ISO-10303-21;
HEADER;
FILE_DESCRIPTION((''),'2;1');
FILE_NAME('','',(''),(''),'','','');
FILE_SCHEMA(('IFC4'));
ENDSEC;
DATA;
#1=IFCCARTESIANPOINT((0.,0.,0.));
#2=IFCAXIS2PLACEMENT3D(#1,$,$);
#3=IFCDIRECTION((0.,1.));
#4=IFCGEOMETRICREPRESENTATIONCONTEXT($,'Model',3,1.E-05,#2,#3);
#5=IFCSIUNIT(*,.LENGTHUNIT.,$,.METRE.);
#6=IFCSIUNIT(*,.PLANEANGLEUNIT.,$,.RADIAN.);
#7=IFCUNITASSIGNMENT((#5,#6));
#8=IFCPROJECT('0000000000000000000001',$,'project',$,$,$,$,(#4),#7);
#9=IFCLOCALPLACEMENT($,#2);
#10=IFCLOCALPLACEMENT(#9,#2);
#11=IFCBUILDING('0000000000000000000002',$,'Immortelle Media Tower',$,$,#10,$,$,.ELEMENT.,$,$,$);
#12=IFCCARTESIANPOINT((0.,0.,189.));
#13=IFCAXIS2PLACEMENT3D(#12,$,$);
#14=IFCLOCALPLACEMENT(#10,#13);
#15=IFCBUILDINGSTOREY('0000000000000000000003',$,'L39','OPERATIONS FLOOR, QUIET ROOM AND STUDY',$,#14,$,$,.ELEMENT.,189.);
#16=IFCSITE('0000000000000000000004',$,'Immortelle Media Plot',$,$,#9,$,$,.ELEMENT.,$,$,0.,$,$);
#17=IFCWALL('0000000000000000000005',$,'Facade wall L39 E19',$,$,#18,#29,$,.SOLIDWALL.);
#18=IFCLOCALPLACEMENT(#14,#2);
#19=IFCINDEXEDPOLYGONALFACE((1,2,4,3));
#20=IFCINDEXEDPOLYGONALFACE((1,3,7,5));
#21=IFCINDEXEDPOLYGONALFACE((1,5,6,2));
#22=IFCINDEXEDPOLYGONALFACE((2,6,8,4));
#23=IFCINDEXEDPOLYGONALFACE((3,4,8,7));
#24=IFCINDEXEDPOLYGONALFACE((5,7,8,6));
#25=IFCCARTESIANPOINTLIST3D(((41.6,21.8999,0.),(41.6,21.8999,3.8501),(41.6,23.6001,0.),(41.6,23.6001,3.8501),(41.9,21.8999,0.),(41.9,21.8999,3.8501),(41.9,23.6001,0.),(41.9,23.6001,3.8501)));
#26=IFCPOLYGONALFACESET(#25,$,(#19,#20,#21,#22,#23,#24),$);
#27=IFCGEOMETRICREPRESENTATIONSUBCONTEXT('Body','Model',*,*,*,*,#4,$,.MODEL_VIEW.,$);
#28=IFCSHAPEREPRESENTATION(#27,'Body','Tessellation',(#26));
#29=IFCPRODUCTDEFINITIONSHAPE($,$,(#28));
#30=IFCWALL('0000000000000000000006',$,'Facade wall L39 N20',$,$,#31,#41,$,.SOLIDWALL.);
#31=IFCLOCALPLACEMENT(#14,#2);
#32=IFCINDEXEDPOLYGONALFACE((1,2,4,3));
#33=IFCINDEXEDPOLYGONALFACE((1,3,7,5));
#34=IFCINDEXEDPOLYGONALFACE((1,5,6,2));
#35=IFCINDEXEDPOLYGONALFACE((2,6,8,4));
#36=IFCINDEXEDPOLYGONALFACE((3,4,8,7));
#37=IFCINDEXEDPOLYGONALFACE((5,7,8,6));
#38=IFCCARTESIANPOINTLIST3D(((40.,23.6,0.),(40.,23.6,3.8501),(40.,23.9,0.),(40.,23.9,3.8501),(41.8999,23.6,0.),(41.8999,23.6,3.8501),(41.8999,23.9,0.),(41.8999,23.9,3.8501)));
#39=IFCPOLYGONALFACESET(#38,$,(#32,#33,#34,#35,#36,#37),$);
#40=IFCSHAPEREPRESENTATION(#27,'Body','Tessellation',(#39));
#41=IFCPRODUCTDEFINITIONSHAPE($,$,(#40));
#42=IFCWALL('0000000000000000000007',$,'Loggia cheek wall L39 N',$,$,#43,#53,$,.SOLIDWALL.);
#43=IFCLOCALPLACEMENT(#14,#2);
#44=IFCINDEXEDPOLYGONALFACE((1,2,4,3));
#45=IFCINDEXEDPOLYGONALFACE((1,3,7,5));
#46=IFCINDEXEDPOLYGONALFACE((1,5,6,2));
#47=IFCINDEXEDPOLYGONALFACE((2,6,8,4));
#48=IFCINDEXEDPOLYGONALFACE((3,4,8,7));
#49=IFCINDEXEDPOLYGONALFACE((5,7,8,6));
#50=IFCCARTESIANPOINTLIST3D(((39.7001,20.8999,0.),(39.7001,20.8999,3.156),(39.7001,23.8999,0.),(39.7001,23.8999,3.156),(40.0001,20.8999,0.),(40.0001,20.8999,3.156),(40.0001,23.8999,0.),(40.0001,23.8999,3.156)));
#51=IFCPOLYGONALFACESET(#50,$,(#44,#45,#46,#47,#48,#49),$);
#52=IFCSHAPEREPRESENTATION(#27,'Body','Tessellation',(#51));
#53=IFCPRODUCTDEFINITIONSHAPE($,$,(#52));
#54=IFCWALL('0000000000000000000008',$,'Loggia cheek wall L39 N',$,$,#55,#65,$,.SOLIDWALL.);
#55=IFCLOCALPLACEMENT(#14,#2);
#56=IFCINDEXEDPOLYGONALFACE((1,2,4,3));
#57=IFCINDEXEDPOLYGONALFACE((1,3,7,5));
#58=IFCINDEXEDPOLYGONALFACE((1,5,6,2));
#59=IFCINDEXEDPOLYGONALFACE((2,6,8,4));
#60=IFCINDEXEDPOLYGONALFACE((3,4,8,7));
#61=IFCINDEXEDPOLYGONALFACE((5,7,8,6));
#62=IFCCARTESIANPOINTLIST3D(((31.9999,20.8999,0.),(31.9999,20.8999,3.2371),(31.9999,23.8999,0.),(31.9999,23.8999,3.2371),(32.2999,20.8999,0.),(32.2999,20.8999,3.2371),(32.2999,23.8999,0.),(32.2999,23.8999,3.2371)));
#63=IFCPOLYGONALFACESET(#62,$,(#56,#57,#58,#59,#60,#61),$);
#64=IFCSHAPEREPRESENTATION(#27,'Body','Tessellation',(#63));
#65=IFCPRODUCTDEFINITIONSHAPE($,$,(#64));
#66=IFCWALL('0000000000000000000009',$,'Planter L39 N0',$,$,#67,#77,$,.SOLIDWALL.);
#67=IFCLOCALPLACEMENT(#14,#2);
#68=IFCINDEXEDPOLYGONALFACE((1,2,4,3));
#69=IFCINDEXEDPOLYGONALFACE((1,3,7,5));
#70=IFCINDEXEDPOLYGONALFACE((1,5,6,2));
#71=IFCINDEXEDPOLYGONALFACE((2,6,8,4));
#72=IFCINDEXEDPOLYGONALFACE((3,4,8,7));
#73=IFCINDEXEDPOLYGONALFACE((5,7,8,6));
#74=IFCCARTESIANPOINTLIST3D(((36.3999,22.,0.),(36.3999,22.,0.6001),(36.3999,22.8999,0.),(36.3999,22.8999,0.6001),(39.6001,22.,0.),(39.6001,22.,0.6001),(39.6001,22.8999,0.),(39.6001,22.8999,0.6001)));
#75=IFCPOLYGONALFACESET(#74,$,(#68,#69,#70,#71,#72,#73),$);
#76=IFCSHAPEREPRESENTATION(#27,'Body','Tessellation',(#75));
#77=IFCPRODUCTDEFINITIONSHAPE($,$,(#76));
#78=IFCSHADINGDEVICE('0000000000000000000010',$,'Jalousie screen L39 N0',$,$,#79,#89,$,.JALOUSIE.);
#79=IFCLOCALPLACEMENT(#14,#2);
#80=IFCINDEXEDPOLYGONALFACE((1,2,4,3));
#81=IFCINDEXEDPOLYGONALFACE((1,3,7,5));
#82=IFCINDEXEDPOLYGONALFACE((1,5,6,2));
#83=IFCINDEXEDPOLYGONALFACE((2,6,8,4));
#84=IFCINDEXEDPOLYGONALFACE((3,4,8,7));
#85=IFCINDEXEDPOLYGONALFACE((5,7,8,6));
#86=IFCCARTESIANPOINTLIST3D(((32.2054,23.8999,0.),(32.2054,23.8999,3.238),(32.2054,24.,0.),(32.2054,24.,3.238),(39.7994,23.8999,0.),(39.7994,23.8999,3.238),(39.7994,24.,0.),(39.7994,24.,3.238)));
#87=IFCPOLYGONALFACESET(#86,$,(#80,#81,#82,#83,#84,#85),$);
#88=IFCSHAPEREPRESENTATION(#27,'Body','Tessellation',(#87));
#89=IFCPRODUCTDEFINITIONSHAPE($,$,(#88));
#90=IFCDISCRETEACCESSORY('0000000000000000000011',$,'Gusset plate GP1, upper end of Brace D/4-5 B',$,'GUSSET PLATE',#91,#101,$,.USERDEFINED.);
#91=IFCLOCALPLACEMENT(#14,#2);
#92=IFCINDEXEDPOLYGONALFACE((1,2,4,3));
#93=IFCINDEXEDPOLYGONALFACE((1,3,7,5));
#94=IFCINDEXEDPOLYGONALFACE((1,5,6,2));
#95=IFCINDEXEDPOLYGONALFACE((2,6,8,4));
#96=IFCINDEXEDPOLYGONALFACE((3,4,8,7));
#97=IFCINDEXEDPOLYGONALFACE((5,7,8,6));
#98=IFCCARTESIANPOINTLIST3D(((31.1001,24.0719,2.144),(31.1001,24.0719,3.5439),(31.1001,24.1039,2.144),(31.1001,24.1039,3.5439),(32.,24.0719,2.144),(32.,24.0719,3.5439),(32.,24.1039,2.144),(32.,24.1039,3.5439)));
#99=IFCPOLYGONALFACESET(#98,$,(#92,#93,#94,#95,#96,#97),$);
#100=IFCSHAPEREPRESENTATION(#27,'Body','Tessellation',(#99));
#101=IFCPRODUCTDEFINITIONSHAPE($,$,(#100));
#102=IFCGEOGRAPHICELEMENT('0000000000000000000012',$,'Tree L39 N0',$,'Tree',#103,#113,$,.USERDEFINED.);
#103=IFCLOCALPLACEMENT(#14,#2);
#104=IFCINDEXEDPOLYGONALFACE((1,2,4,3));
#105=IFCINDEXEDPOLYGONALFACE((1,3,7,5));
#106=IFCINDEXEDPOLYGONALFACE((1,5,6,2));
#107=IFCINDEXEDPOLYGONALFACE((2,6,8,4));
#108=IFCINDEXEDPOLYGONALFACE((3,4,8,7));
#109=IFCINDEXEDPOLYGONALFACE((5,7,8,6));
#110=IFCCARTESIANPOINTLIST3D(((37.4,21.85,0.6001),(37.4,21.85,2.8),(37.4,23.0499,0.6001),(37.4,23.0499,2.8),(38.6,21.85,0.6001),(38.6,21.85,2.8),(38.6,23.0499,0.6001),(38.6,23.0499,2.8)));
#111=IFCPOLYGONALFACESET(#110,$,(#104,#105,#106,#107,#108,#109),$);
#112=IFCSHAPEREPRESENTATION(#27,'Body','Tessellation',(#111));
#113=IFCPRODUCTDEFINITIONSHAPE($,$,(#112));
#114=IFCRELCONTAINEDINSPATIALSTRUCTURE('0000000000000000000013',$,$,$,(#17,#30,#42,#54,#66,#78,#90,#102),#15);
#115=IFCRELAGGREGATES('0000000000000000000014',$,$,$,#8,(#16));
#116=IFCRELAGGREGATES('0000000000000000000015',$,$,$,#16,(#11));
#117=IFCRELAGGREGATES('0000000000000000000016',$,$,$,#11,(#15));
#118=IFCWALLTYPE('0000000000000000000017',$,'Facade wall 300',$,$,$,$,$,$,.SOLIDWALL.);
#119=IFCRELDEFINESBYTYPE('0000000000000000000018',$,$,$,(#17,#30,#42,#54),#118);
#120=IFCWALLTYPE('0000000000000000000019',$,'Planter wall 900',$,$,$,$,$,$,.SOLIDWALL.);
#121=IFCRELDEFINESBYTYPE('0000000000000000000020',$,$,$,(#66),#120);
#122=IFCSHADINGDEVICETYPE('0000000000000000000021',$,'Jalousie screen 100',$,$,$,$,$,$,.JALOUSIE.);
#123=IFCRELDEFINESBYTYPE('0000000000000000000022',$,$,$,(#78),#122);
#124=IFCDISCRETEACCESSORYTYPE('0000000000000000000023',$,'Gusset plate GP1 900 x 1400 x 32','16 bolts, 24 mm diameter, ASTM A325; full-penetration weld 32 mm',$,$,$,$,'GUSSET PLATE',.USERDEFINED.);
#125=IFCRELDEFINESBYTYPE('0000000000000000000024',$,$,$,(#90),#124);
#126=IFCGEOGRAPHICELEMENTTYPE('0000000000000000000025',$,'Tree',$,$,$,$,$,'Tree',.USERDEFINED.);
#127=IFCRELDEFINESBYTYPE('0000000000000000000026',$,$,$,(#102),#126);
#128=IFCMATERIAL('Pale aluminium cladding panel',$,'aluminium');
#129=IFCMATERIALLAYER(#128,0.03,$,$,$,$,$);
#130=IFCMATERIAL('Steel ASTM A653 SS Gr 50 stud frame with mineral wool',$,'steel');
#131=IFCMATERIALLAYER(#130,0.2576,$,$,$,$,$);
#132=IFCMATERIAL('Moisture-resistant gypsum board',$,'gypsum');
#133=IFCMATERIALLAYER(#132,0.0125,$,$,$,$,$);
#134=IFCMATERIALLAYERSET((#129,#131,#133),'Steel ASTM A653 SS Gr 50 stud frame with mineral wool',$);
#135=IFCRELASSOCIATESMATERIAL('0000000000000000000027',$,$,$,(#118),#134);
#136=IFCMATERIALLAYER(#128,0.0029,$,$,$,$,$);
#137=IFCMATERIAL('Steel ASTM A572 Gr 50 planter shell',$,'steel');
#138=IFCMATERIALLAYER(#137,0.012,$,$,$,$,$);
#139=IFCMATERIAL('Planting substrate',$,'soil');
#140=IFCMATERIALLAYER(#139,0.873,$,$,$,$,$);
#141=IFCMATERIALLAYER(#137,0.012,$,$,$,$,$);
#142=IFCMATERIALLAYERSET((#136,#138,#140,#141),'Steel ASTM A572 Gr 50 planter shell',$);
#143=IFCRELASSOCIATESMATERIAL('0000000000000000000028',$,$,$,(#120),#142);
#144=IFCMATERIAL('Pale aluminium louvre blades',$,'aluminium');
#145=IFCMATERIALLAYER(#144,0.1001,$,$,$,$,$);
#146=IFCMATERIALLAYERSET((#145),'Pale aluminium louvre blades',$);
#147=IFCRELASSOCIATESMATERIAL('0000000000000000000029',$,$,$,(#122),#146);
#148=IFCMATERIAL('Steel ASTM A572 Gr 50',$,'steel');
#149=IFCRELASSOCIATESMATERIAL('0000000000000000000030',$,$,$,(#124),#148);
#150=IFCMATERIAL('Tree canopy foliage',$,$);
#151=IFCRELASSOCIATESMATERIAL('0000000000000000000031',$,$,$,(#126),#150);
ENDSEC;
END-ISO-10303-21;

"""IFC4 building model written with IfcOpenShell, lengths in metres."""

from ifc_helpers import new_model, si_unit, direction, frame, frame_2d, origin, origin_2d, place, context, subcontext, project, spatial, rectangle, extrude, material, layer, layer_set, material_profile, profile_set, type_object, element, save


model = new_model("IFC4")

# Units and contexts
model_context = context("Model", 3, precision=1e-05, world=origin(), true_north=direction((0.0, 1.0)))
body_context = subcontext(model_context, "Body", "Model", "MODEL_VIEW")
ifc_project = project(units=[si_unit("LENGTHUNIT", "METRE"), si_unit("PLANEANGLEUNIT", "RADIAN")], contexts=[model_context])

# Site, building, storey
site_placement = place(None, origin())
site = spatial("IfcSite", under=ifc_project, at=site_placement, Name="Immortelle Media Plot", CompositionType="ELEMENT", RefElevation=0.0)
building_placement = place(site_placement, origin())
building = spatial("IfcBuilding", under=site, at=building_placement, Name="Immortelle Media Tower", CompositionType="ELEMENT")
storey_placement = place(building_placement, frame((0.0, 0.0, 189.0)))
storey = spatial("IfcBuildingStorey", under=building, at=storey_placement, Name="L39", Description="OPERATIONS FLOOR, QUIET ROOM AND STUDY", CompositionType="ELEMENT", Elevation=189.0)

# Walls
ifc_material_1 = material(Name="Pale aluminium cladding panel", Category="aluminium")
ifc_layer_1 = layer(ifc_material_1, 0.03)
ifc_material_2 = material(Name="Steel ASTM A653 SS Gr 50 stud frame with mineral wool", Category="steel")
ifc_layer_2 = layer(ifc_material_2, 0.2576)
ifc_material_3 = material(Name="Moisture-resistant gypsum board", Category="gypsum")
ifc_layer_3 = layer(ifc_material_3, 0.0125)
ifc_layer_set_1 = layer_set([ifc_layer_1, ifc_layer_2, ifc_layer_3], Name="Steel ASTM A653 SS Gr 50 stud frame with mineral wool")
wall_type_1 = type_object("IfcWallType", Name="Facade wall 300", PredefinedType="SOLIDWALL", material=ifc_layer_set_1)
wall_1_placement = place(storey_placement, frame((41.75, 21.8999, 0.0), z_axis=(0.0, 0.0, 1.0), x_axis=(0.0, 1.0, 0.0)))
element("IfcWall", 1, at=wall_1_placement, inside=storey, type_object=wall_type_1, Name="Facade wall L39 E19", PredefinedType="SOLIDWALL", context=body_context, shape_type="SweptSolid", body=[
    extrude(rectangle(XDim=1.7002, YDim=0.3, at=frame_2d((0.8501, 0.0))), origin(), (0.0, 0.0, 1.0), 3.8501),
])
wall_2_placement = place(storey_placement, frame((41.8999, 23.75, 0.0), z_axis=(0.0, 0.0, 1.0), x_axis=(-1.0, 0.0, 0.0)))
element("IfcWall", 2, at=wall_2_placement, inside=storey, type_object=wall_type_1, Name="Facade wall L39 N20", PredefinedType="SOLIDWALL", context=body_context, shape_type="SweptSolid", body=[
    extrude(rectangle(XDim=1.8999, YDim=0.3, at=frame_2d((0.95, 0.0))), origin(), (0.0, 0.0, 1.0), 3.8501),
])

# Walls
wall_3_placement = place(storey_placement, frame((39.8501, 23.8999, 0.0), z_axis=(0.0, 0.0, 1.0), x_axis=(0.0, -1.0, 0.0)))
element("IfcWall", 3, at=wall_3_placement, inside=storey, type_object=wall_type_1, Name="Loggia cheek wall L39 N", PredefinedType="SOLIDWALL", context=body_context, shape_type="SweptSolid", body=[
    extrude(rectangle(XDim=3.0, YDim=0.3, at=frame_2d((1.5, 0.0))), origin(), (0.0, 0.0, 1.0), 3.156),
])
wall_4_placement = place(storey_placement, frame((32.1499, 23.8999, 0.0), z_axis=(0.0, 0.0, 1.0), x_axis=(0.0, -1.0, 0.0)))
element("IfcWall", 4, at=wall_4_placement, inside=storey, type_object=wall_type_1, Name="Loggia cheek wall L39 N", PredefinedType="SOLIDWALL", context=body_context, shape_type="SweptSolid", body=[
    extrude(rectangle(XDim=3.0, YDim=0.3, at=frame_2d((1.5, 0.0))), origin(), (0.0, 0.0, 1.0), 3.2371),
])
ifc_layer_4 = layer(ifc_material_1, 0.0029)
ifc_material_4 = material(Name="Steel ASTM A572 Gr 50 planter shell", Category="steel")
ifc_layer_5 = layer(ifc_material_4, 0.012)
ifc_material_5 = material(Name="Planting substrate", Category="soil")
ifc_layer_6 = layer(ifc_material_5, 0.873)
ifc_layer_7 = layer(ifc_material_4, 0.012)
ifc_layer_set_2 = layer_set([ifc_layer_4, ifc_layer_5, ifc_layer_6, ifc_layer_7], Name="Steel ASTM A572 Gr 50 planter shell")
wall_type_2 = type_object("IfcWallType", Name="Planter wall 900", PredefinedType="SOLIDWALL", material=ifc_layer_set_2)
wall_5_placement = place(storey_placement, frame((39.6001, 22.45, 0.0), z_axis=(0.0, 0.0, 1.0), x_axis=(-1.0, 0.0, 0.0)))
element("IfcWall", 5, at=wall_5_placement, inside=storey, type_object=wall_type_2, Name="Planter L39 N0", PredefinedType="SOLIDWALL", context=body_context, shape_type="SweptSolid", body=[
    extrude(rectangle(XDim=3.2002, YDim=0.8999, at=frame_2d((1.6001, 0.0))), origin(), (0.0, 0.0, 1.0), 0.6001),
])

# Shading device
ifc_material_6 = material(Name="Pale aluminium louvre blades", Category="aluminium")
ifc_layer_8 = layer(ifc_material_6, 0.1001)
ifc_layer_set_3 = layer_set([ifc_layer_8], Name="Pale aluminium louvre blades")
shading_device_type = type_object("IfcShadingDeviceType", Name="Jalousie screen 100", PredefinedType="JALOUSIE", material=ifc_layer_set_3)
shading_device_placement = place(storey_placement, frame((36.0024, 23.95, 0.0), z_axis=(0.0, 0.0, 1.0), x_axis=(-1.0, 0.0, 0.0)))
element("IfcShadingDevice", 6, at=shading_device_placement, inside=storey, type_object=shading_device_type, Name="Jalousie screen L39 N0", PredefinedType="JALOUSIE", context=body_context, shape_type="SweptSolid", body=[
    extrude(rectangle(XDim=7.594, YDim=0.1001, at=origin_2d()), origin(), (0.0, 0.0, 1.0), 3.238),
])

# Discrete accessory
ifc_material_7 = material(Name="Steel ASTM A572 Gr 50", Category="steel")
ifc_material_profile_1 = material_profile(ifc_material_7, rectangle(XDim=0.032, YDim=1.3999, at=origin_2d()), Name="PL 32 x 1400")
ifc_profile_set_1 = profile_set([ifc_material_profile_1], Name="Steel ASTM A572 Gr 50")
discrete_accessory_type = type_object("IfcDiscreteAccessoryType", Name="Gusset plate GP1 900 x 1400 x 32", Description="16 bolts, 24 mm diameter, ASTM A325; full-penetration weld 32 mm", ElementType="GUSSET PLATE", PredefinedType="USERDEFINED", material=ifc_profile_set_1)
discrete_accessory_placement = place(storey_placement, frame((32.0, 24.0879, 2.844), z_axis=(-1.0, 0.0, 0.0), x_axis=(0.0, -1.0, 0.0)))
element("IfcDiscreteAccessory", 7, at=discrete_accessory_placement, inside=storey, type_object=discrete_accessory_type, Name="Gusset plate GP1, upper end of Brace D/4-5 B", ObjectType="GUSSET PLATE", PredefinedType="USERDEFINED", context=body_context, shape_type="SweptSolid", body=[
    extrude(rectangle(XDim=0.032, YDim=1.3999, at=origin_2d()), origin(), (0.0, 0.0, 1.0), 0.8999),
])

# Geographic element
ifc_material_8 = material(Name="Tree canopy foliage")
geographic_element_type = type_object("IfcGeographicElementType", Name="Tree", ElementType="Tree", PredefinedType="USERDEFINED", material=ifc_material_8)
geographic_element_placement = place(storey_placement, frame((38.0, 22.45, 0.6001), z_axis=(0.0, 0.0, 1.0), x_axis=(1.0, 0.0, 0.0)))
element("IfcGeographicElement", 8, at=geographic_element_placement, inside=storey, type_object=geographic_element_type, Name="Tree L39 N0", ObjectType="Tree", PredefinedType="USERDEFINED", context=body_context, shape_type="SweptSolid", body=[
    extrude(rectangle(XDim=1.2, YDim=1.2, at=origin_2d()), origin(), (0.0, 0.0, 1.0), 2.2),
])

save(model, "model.ifc")
